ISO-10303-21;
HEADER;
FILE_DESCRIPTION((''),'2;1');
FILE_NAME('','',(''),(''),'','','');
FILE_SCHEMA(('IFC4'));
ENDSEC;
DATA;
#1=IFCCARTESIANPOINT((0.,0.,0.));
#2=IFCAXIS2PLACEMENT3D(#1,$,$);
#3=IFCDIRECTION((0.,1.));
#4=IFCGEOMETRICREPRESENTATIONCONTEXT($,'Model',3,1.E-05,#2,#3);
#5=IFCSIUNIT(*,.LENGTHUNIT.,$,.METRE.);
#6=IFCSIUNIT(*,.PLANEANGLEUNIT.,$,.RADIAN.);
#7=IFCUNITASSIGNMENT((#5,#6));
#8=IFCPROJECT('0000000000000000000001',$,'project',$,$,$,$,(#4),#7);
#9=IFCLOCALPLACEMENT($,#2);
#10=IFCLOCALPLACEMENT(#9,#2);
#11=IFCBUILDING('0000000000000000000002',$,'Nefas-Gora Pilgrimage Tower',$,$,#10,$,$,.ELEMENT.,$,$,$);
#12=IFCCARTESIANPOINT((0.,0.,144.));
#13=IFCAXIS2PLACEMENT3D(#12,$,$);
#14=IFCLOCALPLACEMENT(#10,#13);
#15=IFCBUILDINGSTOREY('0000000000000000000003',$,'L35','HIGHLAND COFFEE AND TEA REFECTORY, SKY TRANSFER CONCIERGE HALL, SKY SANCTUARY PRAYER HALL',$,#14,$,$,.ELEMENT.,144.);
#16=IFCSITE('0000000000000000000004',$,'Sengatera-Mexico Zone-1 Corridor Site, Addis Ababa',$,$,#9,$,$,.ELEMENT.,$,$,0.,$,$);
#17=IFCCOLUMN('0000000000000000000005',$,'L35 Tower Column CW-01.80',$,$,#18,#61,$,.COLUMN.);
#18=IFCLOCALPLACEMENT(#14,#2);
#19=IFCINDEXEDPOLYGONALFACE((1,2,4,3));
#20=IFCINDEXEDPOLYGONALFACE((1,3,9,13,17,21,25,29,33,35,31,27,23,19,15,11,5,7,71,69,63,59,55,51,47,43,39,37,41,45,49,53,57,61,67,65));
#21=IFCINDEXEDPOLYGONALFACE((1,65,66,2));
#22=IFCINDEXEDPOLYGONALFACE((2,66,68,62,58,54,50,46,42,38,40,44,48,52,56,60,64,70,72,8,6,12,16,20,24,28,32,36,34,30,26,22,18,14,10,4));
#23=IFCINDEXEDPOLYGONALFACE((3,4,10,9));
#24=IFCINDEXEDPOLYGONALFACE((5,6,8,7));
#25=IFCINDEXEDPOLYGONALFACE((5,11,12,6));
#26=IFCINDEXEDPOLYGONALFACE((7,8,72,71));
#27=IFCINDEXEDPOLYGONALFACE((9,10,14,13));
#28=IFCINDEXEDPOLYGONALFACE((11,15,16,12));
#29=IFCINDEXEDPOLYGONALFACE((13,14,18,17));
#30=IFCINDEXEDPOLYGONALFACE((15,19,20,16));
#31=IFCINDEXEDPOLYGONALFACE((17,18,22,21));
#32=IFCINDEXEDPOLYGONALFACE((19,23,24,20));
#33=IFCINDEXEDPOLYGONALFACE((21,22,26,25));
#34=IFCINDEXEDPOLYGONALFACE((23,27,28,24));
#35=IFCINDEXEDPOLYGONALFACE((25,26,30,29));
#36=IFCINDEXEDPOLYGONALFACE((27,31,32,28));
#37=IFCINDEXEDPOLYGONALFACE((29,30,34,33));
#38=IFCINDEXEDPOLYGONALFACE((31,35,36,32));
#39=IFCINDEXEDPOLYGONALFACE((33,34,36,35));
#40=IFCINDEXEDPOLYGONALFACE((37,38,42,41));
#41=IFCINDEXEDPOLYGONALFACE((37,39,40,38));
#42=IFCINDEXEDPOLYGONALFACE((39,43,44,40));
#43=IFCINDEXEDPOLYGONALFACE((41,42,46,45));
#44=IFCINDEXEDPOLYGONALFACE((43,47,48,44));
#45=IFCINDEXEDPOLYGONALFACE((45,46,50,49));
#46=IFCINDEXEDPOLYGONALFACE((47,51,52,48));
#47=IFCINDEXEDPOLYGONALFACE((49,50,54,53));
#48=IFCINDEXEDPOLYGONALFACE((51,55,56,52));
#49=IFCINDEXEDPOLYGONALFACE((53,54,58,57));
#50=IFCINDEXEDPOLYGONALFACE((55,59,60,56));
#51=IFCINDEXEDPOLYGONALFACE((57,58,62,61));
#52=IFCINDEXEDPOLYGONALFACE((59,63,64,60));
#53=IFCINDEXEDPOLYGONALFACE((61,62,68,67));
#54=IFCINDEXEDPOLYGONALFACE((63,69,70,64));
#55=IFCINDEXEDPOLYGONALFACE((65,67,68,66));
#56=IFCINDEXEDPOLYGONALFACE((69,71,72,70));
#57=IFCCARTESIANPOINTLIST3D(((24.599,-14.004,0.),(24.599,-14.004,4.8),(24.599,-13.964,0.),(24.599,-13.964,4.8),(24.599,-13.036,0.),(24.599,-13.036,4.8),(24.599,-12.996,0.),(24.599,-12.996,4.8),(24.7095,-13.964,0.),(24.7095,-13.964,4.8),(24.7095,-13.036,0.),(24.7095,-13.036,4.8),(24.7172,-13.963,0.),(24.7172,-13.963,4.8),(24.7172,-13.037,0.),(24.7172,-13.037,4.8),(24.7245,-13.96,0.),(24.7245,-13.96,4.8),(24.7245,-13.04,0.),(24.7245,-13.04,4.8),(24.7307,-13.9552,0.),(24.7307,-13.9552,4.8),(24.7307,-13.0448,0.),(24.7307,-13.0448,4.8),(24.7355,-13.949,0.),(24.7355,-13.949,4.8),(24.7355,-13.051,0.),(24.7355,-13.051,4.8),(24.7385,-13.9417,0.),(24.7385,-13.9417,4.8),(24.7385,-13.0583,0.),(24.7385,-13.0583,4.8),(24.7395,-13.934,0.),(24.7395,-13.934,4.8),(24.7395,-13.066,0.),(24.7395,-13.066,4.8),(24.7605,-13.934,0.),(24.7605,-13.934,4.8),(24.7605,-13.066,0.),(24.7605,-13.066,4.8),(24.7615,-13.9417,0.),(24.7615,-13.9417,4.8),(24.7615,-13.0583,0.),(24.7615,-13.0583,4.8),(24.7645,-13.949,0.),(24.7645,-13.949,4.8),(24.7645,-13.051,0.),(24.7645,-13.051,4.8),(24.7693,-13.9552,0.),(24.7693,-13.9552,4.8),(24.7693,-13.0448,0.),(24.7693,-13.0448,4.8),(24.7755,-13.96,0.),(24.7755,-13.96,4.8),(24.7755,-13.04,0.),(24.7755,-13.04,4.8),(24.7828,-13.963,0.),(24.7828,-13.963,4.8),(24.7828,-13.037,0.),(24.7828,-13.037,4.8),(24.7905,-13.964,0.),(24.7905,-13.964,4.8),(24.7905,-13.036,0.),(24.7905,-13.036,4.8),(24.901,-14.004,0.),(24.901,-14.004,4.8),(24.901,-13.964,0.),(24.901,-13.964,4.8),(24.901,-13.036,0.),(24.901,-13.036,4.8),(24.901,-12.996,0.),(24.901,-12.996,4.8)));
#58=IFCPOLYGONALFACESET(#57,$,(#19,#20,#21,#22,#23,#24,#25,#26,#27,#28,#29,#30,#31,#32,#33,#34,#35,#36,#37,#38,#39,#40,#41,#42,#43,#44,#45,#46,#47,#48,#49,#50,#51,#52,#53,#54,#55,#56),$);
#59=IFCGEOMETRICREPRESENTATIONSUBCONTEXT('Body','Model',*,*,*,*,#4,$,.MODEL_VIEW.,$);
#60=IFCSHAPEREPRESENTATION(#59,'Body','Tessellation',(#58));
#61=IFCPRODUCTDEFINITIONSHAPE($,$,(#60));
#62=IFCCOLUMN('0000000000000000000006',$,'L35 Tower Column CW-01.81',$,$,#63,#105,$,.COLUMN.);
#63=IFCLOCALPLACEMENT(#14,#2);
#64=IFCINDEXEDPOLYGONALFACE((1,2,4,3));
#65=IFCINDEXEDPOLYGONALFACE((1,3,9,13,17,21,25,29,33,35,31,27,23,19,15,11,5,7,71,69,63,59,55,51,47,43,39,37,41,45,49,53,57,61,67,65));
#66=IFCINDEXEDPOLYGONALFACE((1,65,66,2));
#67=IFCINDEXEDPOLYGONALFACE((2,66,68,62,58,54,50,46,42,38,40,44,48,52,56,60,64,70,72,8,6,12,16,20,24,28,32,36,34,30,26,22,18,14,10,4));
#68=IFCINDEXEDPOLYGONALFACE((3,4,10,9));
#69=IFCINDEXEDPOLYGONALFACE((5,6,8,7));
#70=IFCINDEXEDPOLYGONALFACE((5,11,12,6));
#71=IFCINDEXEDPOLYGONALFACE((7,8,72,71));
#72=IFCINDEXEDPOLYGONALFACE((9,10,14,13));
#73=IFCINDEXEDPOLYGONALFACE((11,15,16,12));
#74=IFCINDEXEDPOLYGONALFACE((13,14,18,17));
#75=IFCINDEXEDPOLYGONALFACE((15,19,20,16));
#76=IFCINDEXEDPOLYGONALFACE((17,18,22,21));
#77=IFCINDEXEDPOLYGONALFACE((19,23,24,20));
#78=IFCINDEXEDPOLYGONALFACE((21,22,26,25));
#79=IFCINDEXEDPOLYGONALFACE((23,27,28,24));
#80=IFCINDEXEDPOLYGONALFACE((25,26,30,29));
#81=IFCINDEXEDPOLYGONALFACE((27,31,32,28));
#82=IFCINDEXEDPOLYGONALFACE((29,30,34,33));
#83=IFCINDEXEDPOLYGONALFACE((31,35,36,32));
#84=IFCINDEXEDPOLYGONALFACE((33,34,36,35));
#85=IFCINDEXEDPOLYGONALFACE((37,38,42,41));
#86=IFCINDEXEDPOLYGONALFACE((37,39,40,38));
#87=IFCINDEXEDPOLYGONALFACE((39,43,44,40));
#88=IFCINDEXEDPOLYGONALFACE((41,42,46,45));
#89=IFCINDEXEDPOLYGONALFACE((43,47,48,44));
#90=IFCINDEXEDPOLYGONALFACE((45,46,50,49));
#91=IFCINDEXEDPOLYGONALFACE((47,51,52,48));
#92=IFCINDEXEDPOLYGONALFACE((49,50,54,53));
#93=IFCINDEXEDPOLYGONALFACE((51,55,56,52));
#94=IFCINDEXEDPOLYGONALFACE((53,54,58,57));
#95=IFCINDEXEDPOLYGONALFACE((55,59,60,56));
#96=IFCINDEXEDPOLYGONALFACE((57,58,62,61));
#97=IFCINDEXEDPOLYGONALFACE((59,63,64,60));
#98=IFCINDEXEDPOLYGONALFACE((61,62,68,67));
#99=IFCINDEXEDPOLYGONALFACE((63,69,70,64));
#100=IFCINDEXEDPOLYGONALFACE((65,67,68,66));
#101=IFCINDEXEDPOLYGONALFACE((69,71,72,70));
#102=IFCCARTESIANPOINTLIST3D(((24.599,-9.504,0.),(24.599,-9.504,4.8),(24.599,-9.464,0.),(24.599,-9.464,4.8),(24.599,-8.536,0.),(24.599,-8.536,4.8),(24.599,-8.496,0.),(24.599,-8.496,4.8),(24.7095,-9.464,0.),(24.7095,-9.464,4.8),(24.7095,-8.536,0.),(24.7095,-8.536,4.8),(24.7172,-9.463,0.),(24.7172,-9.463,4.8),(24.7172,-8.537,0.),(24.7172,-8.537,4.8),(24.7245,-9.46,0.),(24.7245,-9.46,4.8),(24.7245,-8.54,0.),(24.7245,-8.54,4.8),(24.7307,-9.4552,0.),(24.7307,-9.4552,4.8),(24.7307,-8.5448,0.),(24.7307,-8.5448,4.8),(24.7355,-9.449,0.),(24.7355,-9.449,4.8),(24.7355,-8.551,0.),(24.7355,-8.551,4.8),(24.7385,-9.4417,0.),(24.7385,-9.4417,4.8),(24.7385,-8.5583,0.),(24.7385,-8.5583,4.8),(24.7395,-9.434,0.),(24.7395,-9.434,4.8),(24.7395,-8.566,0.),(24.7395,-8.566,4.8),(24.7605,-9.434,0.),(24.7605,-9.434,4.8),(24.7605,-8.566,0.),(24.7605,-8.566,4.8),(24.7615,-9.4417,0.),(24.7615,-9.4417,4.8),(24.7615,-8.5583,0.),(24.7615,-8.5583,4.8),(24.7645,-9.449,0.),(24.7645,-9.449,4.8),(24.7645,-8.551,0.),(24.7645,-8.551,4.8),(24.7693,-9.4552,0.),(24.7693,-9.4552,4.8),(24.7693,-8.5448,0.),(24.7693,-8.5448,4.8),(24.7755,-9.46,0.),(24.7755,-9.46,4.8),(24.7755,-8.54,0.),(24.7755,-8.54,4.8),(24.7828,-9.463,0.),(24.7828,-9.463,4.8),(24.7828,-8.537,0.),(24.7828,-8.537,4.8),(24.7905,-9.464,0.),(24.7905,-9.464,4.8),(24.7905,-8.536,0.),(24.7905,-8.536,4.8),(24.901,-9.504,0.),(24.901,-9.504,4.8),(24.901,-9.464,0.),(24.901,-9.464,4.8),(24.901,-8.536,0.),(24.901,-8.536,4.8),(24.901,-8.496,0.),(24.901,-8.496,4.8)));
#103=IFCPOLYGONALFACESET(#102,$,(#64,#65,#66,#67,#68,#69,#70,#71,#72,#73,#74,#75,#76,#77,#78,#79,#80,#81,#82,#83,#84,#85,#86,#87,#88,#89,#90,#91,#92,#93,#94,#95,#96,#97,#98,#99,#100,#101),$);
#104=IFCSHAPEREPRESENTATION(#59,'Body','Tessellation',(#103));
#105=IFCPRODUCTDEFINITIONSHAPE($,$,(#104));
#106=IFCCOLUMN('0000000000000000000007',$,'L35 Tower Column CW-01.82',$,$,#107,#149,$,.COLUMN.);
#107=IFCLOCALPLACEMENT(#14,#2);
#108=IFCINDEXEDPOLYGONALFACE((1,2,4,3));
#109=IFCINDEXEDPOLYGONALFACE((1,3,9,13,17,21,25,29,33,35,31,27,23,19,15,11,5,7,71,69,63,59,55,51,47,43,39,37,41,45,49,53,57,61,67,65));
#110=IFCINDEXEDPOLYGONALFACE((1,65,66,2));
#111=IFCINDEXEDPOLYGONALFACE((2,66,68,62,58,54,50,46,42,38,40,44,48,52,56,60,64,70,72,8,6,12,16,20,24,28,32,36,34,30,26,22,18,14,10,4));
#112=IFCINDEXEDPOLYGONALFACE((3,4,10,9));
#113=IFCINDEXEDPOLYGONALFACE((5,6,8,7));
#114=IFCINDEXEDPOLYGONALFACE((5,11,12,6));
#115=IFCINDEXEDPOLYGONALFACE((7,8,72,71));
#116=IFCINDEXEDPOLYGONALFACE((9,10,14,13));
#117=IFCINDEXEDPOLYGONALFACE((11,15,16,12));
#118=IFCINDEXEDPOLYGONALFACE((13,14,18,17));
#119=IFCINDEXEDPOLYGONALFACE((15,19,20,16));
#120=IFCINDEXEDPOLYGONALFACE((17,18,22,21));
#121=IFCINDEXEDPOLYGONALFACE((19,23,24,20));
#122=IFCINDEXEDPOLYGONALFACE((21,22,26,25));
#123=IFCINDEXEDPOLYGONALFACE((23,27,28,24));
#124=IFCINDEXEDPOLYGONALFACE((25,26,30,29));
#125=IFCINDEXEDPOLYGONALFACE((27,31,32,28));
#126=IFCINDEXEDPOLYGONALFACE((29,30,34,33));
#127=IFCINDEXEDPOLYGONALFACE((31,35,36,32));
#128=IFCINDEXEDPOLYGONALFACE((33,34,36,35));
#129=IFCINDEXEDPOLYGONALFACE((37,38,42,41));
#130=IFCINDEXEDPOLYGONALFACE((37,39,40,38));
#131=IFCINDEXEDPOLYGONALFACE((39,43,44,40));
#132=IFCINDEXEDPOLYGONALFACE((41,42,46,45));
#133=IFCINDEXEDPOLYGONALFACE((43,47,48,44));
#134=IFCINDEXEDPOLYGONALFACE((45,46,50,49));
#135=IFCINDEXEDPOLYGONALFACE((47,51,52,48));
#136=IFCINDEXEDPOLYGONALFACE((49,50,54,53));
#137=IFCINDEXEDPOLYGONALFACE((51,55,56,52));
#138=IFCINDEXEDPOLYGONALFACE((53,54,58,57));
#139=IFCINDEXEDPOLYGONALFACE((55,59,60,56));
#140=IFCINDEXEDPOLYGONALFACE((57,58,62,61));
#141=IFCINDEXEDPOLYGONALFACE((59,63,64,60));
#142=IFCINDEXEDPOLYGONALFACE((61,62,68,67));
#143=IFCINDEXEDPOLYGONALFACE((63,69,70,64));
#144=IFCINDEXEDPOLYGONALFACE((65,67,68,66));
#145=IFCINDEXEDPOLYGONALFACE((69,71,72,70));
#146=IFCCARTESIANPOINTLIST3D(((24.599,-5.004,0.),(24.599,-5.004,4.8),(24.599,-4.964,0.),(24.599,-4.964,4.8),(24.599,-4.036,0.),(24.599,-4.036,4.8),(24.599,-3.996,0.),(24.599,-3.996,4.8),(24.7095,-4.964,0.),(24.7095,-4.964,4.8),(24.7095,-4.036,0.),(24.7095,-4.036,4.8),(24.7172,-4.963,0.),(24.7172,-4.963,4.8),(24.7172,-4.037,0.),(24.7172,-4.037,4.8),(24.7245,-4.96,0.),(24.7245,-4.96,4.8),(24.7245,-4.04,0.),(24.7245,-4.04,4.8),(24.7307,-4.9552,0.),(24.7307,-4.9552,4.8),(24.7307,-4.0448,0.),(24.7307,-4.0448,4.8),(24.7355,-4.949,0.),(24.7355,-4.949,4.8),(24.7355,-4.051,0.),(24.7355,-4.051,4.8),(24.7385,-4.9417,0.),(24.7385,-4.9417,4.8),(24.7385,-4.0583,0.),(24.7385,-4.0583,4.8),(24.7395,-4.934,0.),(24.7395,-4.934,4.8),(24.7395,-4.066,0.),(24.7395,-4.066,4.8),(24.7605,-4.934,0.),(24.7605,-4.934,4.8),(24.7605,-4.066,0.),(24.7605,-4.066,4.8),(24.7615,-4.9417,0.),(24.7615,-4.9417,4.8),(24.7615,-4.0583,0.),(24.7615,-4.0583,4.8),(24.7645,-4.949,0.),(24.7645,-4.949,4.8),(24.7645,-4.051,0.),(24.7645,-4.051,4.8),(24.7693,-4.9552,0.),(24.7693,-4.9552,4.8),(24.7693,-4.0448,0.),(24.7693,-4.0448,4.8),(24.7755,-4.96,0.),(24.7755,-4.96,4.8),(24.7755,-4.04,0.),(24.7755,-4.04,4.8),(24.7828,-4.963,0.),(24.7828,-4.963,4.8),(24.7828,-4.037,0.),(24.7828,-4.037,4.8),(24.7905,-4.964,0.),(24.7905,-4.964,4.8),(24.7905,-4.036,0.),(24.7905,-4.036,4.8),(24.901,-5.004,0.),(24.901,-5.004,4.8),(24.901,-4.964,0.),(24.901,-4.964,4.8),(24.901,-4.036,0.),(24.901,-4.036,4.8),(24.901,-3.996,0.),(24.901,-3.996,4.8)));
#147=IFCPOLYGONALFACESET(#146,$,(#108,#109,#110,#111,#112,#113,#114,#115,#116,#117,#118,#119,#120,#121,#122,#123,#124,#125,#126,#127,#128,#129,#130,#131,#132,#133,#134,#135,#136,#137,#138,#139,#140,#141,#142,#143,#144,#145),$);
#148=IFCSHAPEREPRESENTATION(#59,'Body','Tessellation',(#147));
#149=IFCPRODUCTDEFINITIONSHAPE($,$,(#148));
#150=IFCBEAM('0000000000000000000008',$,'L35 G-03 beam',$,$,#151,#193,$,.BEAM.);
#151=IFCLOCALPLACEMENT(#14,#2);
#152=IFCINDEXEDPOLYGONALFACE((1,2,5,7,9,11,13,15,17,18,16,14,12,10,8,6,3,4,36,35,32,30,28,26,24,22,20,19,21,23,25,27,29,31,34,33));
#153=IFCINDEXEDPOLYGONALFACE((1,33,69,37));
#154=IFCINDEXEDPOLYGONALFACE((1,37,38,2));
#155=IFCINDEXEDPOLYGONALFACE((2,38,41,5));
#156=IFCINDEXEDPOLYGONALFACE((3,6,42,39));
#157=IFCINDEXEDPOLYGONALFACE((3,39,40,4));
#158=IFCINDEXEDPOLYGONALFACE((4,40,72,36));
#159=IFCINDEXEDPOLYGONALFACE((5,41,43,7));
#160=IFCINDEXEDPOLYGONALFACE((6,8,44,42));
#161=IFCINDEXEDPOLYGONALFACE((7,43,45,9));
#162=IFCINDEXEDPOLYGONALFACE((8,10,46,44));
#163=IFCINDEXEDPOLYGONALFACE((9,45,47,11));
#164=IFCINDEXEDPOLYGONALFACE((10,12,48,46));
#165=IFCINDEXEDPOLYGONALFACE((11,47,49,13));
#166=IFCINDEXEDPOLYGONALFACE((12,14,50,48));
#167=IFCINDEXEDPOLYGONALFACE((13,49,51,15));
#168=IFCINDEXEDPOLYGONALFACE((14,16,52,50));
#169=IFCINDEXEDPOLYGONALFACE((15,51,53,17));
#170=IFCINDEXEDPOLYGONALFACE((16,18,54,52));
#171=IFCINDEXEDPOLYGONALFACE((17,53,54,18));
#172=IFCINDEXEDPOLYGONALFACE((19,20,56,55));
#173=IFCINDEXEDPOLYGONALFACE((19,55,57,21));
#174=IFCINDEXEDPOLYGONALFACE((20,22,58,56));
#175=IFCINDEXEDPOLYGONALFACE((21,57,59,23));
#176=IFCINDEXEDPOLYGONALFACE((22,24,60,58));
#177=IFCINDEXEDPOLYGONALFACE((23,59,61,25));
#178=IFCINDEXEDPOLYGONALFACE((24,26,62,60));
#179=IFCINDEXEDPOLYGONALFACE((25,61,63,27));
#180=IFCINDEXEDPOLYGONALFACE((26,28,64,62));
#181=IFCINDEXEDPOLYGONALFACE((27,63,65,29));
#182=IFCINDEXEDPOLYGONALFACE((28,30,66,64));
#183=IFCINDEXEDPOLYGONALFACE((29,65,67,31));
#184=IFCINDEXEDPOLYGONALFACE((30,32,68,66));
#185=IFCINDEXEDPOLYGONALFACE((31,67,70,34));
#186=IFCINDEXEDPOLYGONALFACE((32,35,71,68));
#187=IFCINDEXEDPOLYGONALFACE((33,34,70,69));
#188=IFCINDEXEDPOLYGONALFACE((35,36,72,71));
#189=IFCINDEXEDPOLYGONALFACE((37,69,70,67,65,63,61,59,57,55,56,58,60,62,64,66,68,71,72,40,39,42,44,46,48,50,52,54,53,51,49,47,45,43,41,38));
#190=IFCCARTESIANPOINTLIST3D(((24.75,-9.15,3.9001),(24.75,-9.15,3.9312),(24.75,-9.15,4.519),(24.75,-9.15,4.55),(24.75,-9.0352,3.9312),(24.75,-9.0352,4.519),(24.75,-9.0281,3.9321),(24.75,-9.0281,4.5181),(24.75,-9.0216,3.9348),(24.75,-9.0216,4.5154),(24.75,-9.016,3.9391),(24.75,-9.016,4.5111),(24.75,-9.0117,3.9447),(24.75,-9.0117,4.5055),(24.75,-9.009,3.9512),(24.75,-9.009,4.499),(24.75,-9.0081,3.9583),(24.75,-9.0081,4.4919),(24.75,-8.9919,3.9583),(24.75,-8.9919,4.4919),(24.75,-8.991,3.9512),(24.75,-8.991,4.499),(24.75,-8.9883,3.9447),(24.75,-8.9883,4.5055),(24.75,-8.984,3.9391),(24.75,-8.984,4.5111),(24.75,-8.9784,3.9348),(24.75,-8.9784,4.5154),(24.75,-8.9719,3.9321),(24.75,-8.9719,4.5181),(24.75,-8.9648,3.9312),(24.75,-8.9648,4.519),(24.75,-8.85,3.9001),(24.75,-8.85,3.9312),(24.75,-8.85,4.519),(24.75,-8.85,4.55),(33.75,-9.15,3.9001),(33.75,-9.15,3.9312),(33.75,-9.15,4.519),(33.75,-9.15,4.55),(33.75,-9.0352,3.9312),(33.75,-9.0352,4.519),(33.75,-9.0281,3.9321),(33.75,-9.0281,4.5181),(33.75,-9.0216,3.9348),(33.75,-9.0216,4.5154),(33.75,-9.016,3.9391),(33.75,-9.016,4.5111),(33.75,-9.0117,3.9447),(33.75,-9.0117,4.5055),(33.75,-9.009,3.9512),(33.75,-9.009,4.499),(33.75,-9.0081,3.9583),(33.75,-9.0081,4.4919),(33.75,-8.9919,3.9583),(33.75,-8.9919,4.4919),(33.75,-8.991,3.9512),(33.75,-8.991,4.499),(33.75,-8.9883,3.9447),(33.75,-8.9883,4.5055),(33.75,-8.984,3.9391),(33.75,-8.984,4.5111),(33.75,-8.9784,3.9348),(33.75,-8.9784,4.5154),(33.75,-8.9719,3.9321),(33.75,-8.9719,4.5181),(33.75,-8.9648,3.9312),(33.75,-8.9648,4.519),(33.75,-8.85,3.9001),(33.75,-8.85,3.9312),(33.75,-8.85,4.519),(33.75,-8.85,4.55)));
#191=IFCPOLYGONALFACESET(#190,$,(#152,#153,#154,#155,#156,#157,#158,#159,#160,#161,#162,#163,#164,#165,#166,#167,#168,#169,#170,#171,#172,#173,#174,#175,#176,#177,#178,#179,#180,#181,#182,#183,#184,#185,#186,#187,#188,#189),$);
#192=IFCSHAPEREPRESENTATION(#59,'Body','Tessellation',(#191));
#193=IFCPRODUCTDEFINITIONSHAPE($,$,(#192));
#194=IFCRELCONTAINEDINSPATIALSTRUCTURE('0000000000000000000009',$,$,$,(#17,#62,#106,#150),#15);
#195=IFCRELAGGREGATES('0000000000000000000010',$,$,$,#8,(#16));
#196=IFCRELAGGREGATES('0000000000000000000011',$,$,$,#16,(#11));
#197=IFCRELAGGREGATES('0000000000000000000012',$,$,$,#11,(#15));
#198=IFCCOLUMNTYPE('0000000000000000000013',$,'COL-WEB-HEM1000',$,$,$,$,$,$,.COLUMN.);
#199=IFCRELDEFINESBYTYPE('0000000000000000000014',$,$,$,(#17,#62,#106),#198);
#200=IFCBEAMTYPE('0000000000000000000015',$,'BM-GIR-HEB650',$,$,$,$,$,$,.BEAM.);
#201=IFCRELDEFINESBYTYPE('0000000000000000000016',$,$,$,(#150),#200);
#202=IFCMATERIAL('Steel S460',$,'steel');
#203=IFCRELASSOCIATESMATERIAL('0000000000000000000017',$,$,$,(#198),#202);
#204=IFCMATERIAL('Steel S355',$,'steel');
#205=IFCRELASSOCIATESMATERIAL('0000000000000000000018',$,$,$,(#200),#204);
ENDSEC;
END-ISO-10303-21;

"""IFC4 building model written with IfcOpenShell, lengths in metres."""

from ifc_helpers import new_model, si_unit, direction, frame, origin, origin_2d, place, context, subcontext, project, spatial, i_section, extrude, source, transform, mapped, material, material_profile, profile_set, type_object, element, save


model = new_model("IFC4")

# Units and contexts
model_context = context("Model", 3, precision=1e-05, world=origin(), true_north=direction((0.0, 1.0)))
body_context = subcontext(model_context, "Body", "Model", "MODEL_VIEW")
ifc_project = project(units=[si_unit("LENGTHUNIT", "METRE"), si_unit("PLANEANGLEUNIT", "RADIAN")], contexts=[model_context])

# Site, building, storey
site_placement = place(None, origin())
site = spatial("IfcSite", under=ifc_project, at=site_placement, Name="Sengatera-Mexico Zone-1 Corridor Site, Addis Ababa", CompositionType="ELEMENT", RefElevation=0.0)
building_placement = place(site_placement, origin())
building = spatial("IfcBuilding", under=site, at=building_placement, Name="Nefas-Gora Pilgrimage Tower", CompositionType="ELEMENT")
storey_placement = place(building_placement, frame((0.0, 0.0, 144.0)))
storey = spatial("IfcBuildingStorey", under=building, at=storey_placement, Name="L35", Description="HIGHLAND COFFEE AND TEA REFECTORY, SKY TRANSFER CONCIERGE HALL, SKY SANCTUARY PRAYER HALL", CompositionType="ELEMENT", Elevation=144.0)

# Columns
ifc_material_1 = material(Name="Steel S460", Category="steel")
ifc_material_profile_1 = material_profile(ifc_material_1, i_section(OverallWidth=0.302, OverallDepth=1.0081, WebThickness=0.021, FlangeThickness=0.04, FilletRadius=0.03, at=origin_2d()), Name="HEM 1000")
ifc_profile_set_1 = profile_set([ifc_material_profile_1], Name="Steel S460")
column_type_1 = type_object("IfcColumnType", Name="COL-WEB-HEM1000", PredefinedType="COLUMN", material=ifc_profile_set_1)
shared_shape_1 = source(origin(), body_context, "Body", "SweptSolid", [
    extrude(i_section(OverallWidth=0.302, OverallDepth=1.0081, WebThickness=0.021, FlangeThickness=0.04, FilletRadius=0.03, at=origin_2d()), origin(), (0.0, 0.0, 1.0), 4.8),
])
for number, where, z_axis, x_axis, name in (
    (1, (24.75, -13.5, 0.0), (0.0, 0.0, 1.0), (1.0, 0.0, 0.0), "L35 Tower Column CW-01.80"),
    (2, (24.75, -9.0, 0.0), (0.0, 0.0, 1.0), (1.0, 0.0, 0.0), "L35 Tower Column CW-01.81"),
    (3, (24.75, -4.5, 0.0), (0.0, 0.0, 1.0), (1.0, 0.0, 0.0), "L35 Tower Column CW-01.82"),
):
    element("IfcColumn", number, at=place(storey_placement, frame(where, z_axis=z_axis, x_axis=x_axis)), inside=storey, type_object=column_type_1, Name=name, PredefinedType="COLUMN", context=body_context, shape_type="MappedRepresentation", body=[
        mapped(shared_shape_1, transform((0.0, 0.0, 0.0), x_axis=(1.0, 0.0, 0.0), y_axis=(0.0, 1.0, 0.0), z_axis=(0.0, 0.0, 1.0), scale=1.0)),
    ])

# Beam
ifc_material_2 = material(Name="Steel S355", Category="steel")
ifc_material_profile_2 = material_profile(ifc_material_2, i_section(OverallWidth=0.3, OverallDepth=0.6499, WebThickness=0.0161, FlangeThickness=0.031, FilletRadius=0.0271, at=origin_2d()), Name="HEB 650")
ifc_profile_set_2 = profile_set([ifc_material_profile_2], Name="Steel S355")
beam_type = type_object("IfcBeamType", Name="BM-GIR-HEB650", PredefinedType="BEAM", material=ifc_profile_set_2)
shared_shape_2 = source(origin(), body_context, "Body", "SweptSolid", [
    extrude(i_section(OverallWidth=0.3, OverallDepth=0.6499, WebThickness=0.0161, FlangeThickness=0.031, FilletRadius=0.0271, at=origin_2d()), origin(), (0.0, 0.0, 1.0), 9.0),
])
beam_1_placement = place(storey_placement, frame((24.75, -9.0, 4.2251), z_axis=(1.0, 0.0, 0.0), x_axis=(0.0, 1.0, 0.0)))
element("IfcBeam", 4, at=beam_1_placement, inside=storey, type_object=beam_type, Name="L35 G-03 beam", PredefinedType="BEAM", context=body_context, shape_type="MappedRepresentation", body=[
    mapped(shared_shape_2, transform((0.0, 0.0, 0.0), x_axis=(1.0, 0.0, 0.0), y_axis=(0.0, 1.0, 0.0), z_axis=(0.0, 0.0, 1.0), scale=1.0)),
])

save(model, "model.ifc")
